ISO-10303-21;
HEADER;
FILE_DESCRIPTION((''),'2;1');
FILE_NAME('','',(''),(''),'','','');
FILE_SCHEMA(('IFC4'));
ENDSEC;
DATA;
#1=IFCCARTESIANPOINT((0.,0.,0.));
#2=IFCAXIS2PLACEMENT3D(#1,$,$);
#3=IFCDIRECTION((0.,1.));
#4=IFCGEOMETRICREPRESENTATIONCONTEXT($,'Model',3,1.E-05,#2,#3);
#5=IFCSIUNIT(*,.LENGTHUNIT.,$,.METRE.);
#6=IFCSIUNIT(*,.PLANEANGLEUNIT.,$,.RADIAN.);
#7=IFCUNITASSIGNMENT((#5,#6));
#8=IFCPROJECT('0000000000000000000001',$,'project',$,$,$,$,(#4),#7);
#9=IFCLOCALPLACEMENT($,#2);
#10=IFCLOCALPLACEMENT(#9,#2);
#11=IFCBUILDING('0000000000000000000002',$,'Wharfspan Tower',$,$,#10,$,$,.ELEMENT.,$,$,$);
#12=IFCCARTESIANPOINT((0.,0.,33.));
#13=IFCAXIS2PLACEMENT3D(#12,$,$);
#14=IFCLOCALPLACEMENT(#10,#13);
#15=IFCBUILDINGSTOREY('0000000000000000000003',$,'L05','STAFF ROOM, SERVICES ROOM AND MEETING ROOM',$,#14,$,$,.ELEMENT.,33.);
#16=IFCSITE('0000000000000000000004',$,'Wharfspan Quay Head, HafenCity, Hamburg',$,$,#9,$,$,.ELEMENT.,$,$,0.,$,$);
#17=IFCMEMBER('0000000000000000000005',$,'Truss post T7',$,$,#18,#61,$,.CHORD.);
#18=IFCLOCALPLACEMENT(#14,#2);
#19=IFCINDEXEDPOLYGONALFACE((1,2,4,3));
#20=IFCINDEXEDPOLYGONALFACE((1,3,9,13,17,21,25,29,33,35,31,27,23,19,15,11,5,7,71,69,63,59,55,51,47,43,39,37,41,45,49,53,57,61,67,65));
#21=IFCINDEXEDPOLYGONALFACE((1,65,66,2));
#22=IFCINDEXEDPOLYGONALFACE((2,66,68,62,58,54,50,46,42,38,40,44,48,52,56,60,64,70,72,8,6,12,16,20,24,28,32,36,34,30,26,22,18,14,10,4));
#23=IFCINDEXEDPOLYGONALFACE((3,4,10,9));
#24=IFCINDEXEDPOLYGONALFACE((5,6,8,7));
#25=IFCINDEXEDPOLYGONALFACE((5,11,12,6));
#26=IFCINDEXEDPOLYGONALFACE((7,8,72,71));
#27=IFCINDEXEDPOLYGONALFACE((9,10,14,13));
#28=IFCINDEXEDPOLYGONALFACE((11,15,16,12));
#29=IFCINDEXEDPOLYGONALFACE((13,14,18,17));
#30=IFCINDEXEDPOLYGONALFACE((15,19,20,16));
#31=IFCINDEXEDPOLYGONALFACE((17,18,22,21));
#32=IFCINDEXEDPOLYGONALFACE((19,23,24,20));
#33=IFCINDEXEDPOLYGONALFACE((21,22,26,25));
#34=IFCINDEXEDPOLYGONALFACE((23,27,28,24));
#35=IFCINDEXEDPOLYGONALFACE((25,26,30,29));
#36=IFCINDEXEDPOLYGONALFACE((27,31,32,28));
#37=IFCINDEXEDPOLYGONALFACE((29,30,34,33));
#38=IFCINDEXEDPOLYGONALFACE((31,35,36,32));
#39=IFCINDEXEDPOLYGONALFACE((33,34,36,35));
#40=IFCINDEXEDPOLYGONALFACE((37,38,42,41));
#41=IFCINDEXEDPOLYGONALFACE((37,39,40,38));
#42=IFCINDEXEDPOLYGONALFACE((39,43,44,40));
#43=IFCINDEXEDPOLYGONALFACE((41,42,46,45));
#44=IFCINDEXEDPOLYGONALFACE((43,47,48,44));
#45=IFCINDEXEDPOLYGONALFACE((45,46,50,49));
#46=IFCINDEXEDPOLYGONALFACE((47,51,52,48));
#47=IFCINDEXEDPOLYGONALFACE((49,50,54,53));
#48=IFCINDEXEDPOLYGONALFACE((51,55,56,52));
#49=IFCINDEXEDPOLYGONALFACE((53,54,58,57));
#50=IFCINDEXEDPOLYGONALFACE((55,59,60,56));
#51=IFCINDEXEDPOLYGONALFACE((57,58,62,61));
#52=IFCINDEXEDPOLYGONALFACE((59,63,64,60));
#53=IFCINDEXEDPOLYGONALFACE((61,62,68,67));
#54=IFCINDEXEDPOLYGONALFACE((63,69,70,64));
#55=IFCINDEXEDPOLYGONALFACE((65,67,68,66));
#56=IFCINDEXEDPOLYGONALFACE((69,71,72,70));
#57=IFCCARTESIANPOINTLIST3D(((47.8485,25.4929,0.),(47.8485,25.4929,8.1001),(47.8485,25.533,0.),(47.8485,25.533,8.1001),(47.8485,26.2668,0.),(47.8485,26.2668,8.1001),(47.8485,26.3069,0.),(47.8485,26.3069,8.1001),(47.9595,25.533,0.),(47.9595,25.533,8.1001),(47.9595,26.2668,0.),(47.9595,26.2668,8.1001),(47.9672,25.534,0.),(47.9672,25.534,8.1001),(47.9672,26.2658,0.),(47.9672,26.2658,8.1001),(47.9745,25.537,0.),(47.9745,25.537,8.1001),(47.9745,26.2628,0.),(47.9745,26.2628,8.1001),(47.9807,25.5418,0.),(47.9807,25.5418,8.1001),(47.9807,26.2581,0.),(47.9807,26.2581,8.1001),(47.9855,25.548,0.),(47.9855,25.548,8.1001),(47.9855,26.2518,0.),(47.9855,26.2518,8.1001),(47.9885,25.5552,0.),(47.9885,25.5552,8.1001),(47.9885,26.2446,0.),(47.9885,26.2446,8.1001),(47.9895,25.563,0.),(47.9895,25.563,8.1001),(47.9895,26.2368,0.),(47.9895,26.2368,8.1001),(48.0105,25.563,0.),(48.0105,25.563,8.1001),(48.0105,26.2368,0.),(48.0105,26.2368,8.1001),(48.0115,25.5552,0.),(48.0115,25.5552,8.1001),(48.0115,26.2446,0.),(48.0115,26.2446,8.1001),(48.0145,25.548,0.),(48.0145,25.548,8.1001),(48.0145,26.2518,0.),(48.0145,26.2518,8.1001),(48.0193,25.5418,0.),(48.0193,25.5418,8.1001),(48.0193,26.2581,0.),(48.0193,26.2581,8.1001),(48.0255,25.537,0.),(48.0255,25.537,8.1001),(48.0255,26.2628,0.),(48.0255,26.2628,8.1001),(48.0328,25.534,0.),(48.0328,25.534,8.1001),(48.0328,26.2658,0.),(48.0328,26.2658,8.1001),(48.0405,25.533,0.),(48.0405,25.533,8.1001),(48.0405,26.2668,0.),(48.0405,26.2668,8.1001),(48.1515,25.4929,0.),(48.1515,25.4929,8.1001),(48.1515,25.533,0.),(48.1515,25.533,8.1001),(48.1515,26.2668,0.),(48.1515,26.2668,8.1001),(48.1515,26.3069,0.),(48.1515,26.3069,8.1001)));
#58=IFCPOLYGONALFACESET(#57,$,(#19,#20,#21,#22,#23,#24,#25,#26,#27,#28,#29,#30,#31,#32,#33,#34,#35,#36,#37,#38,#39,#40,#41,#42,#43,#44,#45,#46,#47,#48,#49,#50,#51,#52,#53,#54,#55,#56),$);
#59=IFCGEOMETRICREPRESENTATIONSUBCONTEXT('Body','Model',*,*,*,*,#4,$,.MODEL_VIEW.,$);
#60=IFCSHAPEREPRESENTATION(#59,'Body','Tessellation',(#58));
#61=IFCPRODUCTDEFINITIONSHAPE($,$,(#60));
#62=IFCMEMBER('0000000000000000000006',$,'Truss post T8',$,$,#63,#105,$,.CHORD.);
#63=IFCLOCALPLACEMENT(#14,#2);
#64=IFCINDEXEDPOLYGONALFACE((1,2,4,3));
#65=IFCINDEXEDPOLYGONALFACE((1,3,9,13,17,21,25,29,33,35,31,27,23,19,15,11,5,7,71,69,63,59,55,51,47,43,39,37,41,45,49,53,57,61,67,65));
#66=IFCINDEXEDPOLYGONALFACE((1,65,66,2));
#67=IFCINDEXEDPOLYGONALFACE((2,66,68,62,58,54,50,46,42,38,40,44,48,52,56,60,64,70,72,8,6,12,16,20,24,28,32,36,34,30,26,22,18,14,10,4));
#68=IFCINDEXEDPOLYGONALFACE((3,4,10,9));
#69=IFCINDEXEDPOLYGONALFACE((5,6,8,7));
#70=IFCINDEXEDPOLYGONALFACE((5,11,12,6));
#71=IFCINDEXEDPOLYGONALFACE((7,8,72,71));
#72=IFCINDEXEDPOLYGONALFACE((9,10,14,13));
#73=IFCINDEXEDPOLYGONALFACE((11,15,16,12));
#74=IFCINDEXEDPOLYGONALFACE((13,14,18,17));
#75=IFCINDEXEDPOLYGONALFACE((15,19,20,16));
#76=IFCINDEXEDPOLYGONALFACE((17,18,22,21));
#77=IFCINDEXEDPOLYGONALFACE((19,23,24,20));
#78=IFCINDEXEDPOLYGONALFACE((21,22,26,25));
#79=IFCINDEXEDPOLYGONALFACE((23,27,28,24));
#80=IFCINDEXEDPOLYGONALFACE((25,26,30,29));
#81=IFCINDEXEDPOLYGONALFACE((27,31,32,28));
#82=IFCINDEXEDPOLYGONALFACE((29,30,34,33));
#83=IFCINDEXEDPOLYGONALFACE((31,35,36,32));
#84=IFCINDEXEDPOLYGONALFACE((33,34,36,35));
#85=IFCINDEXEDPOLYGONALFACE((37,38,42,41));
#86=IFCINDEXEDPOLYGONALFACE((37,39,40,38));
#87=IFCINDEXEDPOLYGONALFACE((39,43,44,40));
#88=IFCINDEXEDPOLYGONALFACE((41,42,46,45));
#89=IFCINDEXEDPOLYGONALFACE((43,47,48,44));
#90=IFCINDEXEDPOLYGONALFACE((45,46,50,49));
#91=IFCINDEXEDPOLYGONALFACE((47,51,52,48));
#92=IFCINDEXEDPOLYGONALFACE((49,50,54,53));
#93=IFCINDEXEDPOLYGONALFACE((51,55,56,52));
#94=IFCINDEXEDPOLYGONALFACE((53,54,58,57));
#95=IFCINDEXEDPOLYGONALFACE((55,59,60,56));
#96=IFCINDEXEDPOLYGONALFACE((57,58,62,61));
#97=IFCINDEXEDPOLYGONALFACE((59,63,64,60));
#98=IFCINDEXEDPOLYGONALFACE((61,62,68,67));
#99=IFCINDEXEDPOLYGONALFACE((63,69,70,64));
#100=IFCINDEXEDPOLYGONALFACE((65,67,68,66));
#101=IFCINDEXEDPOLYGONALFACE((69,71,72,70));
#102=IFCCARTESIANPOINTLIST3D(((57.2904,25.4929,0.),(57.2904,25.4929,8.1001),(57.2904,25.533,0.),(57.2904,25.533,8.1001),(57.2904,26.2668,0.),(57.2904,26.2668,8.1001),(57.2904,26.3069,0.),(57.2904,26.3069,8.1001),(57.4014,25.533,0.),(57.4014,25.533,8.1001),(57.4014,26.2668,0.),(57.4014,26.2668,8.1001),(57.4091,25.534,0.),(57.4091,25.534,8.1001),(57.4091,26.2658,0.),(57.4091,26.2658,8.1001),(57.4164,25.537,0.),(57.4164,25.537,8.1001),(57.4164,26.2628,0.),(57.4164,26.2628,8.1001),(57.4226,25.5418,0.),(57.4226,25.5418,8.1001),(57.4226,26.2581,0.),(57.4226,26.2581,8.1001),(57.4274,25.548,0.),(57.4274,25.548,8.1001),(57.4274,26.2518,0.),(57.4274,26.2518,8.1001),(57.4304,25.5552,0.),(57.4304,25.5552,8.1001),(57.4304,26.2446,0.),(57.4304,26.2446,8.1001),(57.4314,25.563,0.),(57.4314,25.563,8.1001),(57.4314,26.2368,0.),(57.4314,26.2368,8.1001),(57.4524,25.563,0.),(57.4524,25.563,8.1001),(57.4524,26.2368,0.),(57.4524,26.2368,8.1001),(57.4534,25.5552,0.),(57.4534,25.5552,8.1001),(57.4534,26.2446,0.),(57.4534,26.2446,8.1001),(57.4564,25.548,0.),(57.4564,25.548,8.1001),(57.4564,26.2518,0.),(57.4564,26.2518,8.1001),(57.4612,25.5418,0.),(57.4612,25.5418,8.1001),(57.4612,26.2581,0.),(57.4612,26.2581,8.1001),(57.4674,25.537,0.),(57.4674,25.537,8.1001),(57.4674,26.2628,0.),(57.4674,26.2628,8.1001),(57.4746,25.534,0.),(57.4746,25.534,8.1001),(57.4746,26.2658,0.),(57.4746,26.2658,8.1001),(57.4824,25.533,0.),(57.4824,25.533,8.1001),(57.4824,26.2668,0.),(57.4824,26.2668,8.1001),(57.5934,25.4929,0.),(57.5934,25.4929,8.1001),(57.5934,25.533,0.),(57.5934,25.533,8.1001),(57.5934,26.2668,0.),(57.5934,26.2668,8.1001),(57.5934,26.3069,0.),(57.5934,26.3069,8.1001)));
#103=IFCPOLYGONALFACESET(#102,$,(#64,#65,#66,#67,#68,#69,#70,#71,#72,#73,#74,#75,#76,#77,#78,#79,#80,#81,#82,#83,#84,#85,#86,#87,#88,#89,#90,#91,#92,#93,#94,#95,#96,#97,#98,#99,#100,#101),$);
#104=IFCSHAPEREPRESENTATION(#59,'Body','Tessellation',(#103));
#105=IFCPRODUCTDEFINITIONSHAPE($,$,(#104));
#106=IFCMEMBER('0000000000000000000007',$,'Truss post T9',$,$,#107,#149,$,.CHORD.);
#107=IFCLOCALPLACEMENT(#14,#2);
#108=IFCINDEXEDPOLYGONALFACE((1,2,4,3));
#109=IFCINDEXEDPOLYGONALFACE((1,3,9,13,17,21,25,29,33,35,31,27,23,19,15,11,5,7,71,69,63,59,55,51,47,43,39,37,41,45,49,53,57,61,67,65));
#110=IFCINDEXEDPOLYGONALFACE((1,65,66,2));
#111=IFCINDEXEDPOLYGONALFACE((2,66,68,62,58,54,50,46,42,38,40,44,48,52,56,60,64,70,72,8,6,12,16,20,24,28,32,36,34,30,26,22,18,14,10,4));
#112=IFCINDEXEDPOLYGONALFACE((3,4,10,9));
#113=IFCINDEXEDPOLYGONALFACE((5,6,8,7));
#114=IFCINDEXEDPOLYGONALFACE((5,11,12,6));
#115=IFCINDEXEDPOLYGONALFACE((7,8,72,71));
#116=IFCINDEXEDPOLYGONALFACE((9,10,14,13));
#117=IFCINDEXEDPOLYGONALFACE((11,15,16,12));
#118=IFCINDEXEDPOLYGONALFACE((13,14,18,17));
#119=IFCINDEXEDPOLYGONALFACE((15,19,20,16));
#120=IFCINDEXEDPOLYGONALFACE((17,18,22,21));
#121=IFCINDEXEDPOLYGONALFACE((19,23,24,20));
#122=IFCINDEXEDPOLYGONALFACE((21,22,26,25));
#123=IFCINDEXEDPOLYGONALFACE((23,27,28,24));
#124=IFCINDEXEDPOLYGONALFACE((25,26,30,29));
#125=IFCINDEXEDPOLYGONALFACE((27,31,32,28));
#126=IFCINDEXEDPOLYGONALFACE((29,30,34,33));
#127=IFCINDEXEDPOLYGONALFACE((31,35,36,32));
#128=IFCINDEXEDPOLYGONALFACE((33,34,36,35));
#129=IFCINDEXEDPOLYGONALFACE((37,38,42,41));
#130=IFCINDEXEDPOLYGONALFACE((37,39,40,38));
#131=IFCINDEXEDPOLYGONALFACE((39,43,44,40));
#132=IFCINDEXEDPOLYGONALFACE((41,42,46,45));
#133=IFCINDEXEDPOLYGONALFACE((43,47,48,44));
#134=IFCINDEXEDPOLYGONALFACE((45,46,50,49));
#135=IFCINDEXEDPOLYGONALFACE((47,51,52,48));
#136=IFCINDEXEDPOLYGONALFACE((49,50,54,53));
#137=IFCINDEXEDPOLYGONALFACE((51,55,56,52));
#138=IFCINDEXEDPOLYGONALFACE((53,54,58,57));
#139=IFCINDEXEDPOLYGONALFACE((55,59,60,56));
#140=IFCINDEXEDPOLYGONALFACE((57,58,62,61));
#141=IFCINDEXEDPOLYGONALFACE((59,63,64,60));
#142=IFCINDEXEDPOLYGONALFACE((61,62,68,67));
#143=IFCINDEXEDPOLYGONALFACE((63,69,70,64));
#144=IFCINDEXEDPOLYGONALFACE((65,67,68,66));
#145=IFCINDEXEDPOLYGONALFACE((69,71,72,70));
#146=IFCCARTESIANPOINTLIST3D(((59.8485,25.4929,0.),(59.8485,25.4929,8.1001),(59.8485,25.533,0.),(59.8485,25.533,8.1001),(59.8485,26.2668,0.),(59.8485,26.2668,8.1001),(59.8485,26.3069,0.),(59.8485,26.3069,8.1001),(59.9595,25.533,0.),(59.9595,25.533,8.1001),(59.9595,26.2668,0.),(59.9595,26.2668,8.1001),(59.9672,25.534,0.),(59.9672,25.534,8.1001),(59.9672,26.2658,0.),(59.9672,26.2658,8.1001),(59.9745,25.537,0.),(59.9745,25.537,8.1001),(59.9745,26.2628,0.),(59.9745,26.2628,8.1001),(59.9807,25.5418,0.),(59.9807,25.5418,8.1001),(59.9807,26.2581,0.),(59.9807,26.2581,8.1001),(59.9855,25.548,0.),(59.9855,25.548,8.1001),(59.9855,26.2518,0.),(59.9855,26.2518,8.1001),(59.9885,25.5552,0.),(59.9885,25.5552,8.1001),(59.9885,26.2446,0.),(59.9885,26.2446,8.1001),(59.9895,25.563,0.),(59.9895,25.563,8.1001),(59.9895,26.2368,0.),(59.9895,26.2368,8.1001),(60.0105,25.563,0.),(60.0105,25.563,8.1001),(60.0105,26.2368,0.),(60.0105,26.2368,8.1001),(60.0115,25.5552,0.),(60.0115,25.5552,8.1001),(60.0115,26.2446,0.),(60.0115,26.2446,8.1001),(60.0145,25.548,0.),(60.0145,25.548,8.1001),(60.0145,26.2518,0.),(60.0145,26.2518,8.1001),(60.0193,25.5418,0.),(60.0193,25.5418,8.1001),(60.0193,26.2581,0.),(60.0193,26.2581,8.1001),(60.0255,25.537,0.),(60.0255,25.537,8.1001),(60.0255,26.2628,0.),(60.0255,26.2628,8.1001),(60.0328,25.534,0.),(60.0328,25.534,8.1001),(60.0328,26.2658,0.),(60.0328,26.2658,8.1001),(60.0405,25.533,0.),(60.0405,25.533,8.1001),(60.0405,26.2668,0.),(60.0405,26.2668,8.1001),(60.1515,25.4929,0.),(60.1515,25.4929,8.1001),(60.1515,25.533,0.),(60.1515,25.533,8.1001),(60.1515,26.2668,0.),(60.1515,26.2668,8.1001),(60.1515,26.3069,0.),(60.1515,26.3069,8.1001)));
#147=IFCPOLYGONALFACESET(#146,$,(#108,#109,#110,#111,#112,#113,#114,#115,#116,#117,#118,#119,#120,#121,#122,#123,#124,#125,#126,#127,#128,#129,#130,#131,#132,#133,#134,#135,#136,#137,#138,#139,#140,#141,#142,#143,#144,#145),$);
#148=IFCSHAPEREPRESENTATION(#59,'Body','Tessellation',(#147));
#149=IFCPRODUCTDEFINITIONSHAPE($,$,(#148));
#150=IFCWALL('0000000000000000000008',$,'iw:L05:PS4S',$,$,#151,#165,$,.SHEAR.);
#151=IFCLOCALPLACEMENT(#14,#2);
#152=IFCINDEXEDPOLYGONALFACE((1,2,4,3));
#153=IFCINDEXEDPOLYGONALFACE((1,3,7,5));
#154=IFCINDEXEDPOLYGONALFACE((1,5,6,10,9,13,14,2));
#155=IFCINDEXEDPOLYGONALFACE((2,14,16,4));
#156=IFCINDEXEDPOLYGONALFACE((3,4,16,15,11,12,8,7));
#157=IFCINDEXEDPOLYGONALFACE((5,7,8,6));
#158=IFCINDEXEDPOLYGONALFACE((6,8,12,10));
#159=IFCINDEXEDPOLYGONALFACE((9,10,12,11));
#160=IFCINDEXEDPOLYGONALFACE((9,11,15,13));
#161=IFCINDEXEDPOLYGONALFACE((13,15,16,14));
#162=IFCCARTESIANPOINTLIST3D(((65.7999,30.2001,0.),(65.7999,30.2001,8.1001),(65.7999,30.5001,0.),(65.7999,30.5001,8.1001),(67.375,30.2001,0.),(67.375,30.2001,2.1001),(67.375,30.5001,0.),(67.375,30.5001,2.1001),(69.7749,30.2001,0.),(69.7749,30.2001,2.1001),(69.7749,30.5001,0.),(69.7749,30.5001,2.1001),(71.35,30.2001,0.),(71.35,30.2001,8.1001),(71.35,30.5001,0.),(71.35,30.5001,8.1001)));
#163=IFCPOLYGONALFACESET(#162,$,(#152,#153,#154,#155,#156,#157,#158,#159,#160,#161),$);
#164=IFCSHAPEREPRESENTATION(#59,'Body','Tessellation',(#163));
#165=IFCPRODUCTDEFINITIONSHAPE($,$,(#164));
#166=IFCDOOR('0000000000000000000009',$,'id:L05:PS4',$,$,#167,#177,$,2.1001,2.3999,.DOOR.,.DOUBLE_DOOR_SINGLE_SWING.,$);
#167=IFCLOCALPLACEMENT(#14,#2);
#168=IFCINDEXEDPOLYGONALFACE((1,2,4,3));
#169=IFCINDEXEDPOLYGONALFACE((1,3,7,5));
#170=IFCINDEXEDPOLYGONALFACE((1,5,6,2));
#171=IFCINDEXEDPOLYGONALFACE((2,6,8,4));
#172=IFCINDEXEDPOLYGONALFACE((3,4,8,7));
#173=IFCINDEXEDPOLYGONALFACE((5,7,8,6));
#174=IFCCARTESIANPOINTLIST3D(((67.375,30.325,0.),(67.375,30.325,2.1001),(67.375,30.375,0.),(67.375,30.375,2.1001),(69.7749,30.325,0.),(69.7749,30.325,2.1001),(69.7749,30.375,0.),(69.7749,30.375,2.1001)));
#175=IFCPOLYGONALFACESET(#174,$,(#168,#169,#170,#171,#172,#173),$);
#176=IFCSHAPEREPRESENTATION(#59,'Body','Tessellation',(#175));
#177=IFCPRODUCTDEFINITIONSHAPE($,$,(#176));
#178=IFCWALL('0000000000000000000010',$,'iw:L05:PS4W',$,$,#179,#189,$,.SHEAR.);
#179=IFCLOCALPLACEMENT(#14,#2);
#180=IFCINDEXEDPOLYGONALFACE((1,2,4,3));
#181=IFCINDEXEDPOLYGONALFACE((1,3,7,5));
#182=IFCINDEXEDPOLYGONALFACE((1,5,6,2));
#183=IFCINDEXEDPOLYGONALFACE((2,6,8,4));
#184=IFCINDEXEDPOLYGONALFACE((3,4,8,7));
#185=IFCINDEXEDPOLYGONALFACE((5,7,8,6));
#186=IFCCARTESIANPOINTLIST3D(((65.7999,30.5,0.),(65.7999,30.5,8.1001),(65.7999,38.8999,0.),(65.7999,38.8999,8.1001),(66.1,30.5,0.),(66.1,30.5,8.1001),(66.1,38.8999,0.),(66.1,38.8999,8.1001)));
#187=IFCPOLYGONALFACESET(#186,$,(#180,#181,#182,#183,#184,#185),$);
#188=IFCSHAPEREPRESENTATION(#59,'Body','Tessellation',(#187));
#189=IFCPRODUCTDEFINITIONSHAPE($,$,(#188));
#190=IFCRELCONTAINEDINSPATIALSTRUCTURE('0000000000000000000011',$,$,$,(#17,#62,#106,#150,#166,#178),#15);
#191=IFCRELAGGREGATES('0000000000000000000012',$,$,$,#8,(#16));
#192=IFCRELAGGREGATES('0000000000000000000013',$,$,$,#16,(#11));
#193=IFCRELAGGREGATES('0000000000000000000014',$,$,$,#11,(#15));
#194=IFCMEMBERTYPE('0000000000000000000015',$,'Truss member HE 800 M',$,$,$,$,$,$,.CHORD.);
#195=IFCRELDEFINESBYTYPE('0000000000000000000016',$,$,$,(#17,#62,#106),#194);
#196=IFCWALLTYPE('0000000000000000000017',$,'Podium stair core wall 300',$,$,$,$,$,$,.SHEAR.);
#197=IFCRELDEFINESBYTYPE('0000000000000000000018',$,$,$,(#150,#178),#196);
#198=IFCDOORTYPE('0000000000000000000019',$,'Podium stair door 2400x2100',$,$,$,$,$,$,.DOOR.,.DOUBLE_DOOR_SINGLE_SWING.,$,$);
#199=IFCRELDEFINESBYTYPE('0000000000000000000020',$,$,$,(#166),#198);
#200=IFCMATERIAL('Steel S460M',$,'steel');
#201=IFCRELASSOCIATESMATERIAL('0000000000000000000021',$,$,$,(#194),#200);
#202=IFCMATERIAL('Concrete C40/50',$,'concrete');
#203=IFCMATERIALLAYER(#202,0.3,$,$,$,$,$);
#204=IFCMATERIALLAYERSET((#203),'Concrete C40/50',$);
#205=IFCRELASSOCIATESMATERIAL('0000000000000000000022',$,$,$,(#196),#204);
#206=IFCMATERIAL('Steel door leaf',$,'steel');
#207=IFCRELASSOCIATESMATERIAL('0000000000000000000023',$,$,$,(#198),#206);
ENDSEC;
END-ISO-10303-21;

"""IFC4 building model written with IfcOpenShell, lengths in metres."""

from ifc_helpers import new_model, si_unit, direction, frame, frame_2d, origin, origin_2d, place, context, subcontext, project, spatial, rectangle, i_section, extrude, material, layer, layer_set, material_profile, profile_set, type_object, element, fill, save


model = new_model("IFC4")

# Units and contexts
model_context = context("Model", 3, precision=1e-05, world=origin(), true_north=direction((0.0, 1.0)))
body_context = subcontext(model_context, "Body", "Model", "MODEL_VIEW")
ifc_project = project(units=[si_unit("LENGTHUNIT", "METRE"), si_unit("PLANEANGLEUNIT", "RADIAN")], contexts=[model_context])

# Site, building, storey
site_placement = place(None, origin())
site = spatial("IfcSite", under=ifc_project, at=site_placement, Name="Wharfspan Quay Head, HafenCity, Hamburg", CompositionType="ELEMENT", RefElevation=0.0)
building_placement = place(site_placement, origin())
building = spatial("IfcBuilding", under=site, at=building_placement, Name="Wharfspan Tower", CompositionType="ELEMENT")
storey_placement = place(building_placement, frame((0.0, 0.0, 33.0)))
storey = spatial("IfcBuildingStorey", under=building, at=storey_placement, Name="L05", Description="STAFF ROOM, SERVICES ROOM AND MEETING ROOM", CompositionType="ELEMENT", Elevation=33.0)

# Members
ifc_material_1 = material(Name="Steel S460M", Category="steel")
ifc_material_profile_1 = material_profile(ifc_material_1, i_section(OverallWidth=0.303, OverallDepth=0.814, WebThickness=0.021, FlangeThickness=0.04, FilletRadius=0.03, at=origin_2d()))
ifc_profile_set_1 = profile_set([ifc_material_profile_1], Name="Steel S460M")
member_type_1 = type_object("IfcMemberType", Name="Truss member HE 800 M", PredefinedType="CHORD", material=ifc_profile_set_1)
for number, where, z_axis, x_axis, name in (
    (1, (48.0, 25.8999, 0.0), (0.0, 0.0, 1.0), (1.0, 0.0, 0.0), "Truss post T7"),
    (2, (57.4419, 25.8999, 0.0), (0.0, 0.0, 1.0), (1.0, 0.0, 0.0), "Truss post T8"),
    (3, (60.0, 25.8999, 0.0), (0.0, 0.0, 1.0), (1.0, 0.0, 0.0), "Truss post T9"),
):
    element("IfcMember", number, at=place(storey_placement, frame(where, z_axis=z_axis, x_axis=x_axis)), inside=storey, type_object=member_type_1, Name=name, PredefinedType="CHORD", context=body_context, shape_type="SweptSolid", body=[
        extrude(i_section(OverallWidth=0.303, OverallDepth=0.814, WebThickness=0.021, FlangeThickness=0.04, FilletRadius=0.03, at=origin_2d()), origin(), (0.0, 0.0, 1.0), 8.1001),
    ])

# Wall, opening, door
ifc_material_2 = material(Name="Concrete C40/50", Category="concrete")
ifc_layer_1 = layer(ifc_material_2, 0.3)
ifc_layer_set_1 = layer_set([ifc_layer_1], Name="Concrete C40/50")
wall_type_1 = type_object("IfcWallType", Name="Podium stair core wall 300", PredefinedType="SHEAR", material=ifc_layer_set_1)
wall_1_placement = place(storey_placement, frame((65.8, 30.3501, 0.0), z_axis=(0.0, 0.0, 1.0), x_axis=(1.0, 0.0, 0.0)))
wall_1 = element("IfcWall", 4, at=wall_1_placement, inside=storey, type_object=wall_type_1, Name="iw:L05:PS4S", PredefinedType="SHEAR", context=body_context, shape_type="SweptSolid", body=[
    extrude(rectangle(XDim=5.55, YDim=0.3, at=frame_2d((2.7749, 0.0))), origin(), (0.0, 0.0, 1.0), 8.1001),
])
opening_placement = place(wall_1_placement, frame((1.575, 0.0, 0.0)))
opening = element("IfcOpeningElement", 5, at=opening_placement, cuts=wall_1, PredefinedType="OPENING", context=body_context, shape_type="SweptSolid", body=[
    extrude(rectangle(XDim=2.3999, YDim=2.1001, at=frame_2d((1.2, 1.05))), frame((0.0, 0.1599, 0.0), z_axis=(0.0, -1.0, 0.0), x_axis=(1.0, 0.0, 0.0)), (0.0, 0.0, 1.0), 0.3201),
])
ifc_material_3 = material(Name="Steel door leaf", Category="steel")
door_type = type_object("IfcDoorType", Name="Podium stair door 2400x2100", OperationType="DOUBLE_DOOR_SINGLE_SWING", PredefinedType="DOOR", material=ifc_material_3)
door_placement = place(opening_placement, origin())
door = element("IfcDoor", 6, at=door_placement, inside=storey, type_object=door_type, Name="id:L05:PS4", OperationType="DOUBLE_DOOR_SINGLE_SWING", OverallHeight=2.1001, OverallWidth=2.3999, PredefinedType="DOOR", context=body_context, shape_type="SweptSolid", body=[
    extrude(rectangle(XDim=2.3999, YDim=2.1001, at=frame_2d((1.2, 1.05))), frame((0.0, 0.0249, 0.0), z_axis=(0.0, -1.0, 0.0), x_axis=(1.0, 0.0, 0.0)), (0.0, 0.0, 1.0), 0.05),
])
fill(opening, door)

# Wall
wall_2_placement = place(storey_placement, frame((65.95, 30.5, 0.0), z_axis=(0.0, 0.0, 1.0), x_axis=(0.0, 1.0, 0.0)))
element("IfcWall", 7, at=wall_2_placement, inside=storey, type_object=wall_type_1, Name="iw:L05:PS4W", PredefinedType="SHEAR", context=body_context, shape_type="SweptSolid", body=[
    extrude(rectangle(XDim=8.3999, YDim=0.3, at=frame_2d((4.2, 0.0))), origin(), (0.0, 0.0, 1.0), 8.1001),
])

save(model, "model.ifc")
